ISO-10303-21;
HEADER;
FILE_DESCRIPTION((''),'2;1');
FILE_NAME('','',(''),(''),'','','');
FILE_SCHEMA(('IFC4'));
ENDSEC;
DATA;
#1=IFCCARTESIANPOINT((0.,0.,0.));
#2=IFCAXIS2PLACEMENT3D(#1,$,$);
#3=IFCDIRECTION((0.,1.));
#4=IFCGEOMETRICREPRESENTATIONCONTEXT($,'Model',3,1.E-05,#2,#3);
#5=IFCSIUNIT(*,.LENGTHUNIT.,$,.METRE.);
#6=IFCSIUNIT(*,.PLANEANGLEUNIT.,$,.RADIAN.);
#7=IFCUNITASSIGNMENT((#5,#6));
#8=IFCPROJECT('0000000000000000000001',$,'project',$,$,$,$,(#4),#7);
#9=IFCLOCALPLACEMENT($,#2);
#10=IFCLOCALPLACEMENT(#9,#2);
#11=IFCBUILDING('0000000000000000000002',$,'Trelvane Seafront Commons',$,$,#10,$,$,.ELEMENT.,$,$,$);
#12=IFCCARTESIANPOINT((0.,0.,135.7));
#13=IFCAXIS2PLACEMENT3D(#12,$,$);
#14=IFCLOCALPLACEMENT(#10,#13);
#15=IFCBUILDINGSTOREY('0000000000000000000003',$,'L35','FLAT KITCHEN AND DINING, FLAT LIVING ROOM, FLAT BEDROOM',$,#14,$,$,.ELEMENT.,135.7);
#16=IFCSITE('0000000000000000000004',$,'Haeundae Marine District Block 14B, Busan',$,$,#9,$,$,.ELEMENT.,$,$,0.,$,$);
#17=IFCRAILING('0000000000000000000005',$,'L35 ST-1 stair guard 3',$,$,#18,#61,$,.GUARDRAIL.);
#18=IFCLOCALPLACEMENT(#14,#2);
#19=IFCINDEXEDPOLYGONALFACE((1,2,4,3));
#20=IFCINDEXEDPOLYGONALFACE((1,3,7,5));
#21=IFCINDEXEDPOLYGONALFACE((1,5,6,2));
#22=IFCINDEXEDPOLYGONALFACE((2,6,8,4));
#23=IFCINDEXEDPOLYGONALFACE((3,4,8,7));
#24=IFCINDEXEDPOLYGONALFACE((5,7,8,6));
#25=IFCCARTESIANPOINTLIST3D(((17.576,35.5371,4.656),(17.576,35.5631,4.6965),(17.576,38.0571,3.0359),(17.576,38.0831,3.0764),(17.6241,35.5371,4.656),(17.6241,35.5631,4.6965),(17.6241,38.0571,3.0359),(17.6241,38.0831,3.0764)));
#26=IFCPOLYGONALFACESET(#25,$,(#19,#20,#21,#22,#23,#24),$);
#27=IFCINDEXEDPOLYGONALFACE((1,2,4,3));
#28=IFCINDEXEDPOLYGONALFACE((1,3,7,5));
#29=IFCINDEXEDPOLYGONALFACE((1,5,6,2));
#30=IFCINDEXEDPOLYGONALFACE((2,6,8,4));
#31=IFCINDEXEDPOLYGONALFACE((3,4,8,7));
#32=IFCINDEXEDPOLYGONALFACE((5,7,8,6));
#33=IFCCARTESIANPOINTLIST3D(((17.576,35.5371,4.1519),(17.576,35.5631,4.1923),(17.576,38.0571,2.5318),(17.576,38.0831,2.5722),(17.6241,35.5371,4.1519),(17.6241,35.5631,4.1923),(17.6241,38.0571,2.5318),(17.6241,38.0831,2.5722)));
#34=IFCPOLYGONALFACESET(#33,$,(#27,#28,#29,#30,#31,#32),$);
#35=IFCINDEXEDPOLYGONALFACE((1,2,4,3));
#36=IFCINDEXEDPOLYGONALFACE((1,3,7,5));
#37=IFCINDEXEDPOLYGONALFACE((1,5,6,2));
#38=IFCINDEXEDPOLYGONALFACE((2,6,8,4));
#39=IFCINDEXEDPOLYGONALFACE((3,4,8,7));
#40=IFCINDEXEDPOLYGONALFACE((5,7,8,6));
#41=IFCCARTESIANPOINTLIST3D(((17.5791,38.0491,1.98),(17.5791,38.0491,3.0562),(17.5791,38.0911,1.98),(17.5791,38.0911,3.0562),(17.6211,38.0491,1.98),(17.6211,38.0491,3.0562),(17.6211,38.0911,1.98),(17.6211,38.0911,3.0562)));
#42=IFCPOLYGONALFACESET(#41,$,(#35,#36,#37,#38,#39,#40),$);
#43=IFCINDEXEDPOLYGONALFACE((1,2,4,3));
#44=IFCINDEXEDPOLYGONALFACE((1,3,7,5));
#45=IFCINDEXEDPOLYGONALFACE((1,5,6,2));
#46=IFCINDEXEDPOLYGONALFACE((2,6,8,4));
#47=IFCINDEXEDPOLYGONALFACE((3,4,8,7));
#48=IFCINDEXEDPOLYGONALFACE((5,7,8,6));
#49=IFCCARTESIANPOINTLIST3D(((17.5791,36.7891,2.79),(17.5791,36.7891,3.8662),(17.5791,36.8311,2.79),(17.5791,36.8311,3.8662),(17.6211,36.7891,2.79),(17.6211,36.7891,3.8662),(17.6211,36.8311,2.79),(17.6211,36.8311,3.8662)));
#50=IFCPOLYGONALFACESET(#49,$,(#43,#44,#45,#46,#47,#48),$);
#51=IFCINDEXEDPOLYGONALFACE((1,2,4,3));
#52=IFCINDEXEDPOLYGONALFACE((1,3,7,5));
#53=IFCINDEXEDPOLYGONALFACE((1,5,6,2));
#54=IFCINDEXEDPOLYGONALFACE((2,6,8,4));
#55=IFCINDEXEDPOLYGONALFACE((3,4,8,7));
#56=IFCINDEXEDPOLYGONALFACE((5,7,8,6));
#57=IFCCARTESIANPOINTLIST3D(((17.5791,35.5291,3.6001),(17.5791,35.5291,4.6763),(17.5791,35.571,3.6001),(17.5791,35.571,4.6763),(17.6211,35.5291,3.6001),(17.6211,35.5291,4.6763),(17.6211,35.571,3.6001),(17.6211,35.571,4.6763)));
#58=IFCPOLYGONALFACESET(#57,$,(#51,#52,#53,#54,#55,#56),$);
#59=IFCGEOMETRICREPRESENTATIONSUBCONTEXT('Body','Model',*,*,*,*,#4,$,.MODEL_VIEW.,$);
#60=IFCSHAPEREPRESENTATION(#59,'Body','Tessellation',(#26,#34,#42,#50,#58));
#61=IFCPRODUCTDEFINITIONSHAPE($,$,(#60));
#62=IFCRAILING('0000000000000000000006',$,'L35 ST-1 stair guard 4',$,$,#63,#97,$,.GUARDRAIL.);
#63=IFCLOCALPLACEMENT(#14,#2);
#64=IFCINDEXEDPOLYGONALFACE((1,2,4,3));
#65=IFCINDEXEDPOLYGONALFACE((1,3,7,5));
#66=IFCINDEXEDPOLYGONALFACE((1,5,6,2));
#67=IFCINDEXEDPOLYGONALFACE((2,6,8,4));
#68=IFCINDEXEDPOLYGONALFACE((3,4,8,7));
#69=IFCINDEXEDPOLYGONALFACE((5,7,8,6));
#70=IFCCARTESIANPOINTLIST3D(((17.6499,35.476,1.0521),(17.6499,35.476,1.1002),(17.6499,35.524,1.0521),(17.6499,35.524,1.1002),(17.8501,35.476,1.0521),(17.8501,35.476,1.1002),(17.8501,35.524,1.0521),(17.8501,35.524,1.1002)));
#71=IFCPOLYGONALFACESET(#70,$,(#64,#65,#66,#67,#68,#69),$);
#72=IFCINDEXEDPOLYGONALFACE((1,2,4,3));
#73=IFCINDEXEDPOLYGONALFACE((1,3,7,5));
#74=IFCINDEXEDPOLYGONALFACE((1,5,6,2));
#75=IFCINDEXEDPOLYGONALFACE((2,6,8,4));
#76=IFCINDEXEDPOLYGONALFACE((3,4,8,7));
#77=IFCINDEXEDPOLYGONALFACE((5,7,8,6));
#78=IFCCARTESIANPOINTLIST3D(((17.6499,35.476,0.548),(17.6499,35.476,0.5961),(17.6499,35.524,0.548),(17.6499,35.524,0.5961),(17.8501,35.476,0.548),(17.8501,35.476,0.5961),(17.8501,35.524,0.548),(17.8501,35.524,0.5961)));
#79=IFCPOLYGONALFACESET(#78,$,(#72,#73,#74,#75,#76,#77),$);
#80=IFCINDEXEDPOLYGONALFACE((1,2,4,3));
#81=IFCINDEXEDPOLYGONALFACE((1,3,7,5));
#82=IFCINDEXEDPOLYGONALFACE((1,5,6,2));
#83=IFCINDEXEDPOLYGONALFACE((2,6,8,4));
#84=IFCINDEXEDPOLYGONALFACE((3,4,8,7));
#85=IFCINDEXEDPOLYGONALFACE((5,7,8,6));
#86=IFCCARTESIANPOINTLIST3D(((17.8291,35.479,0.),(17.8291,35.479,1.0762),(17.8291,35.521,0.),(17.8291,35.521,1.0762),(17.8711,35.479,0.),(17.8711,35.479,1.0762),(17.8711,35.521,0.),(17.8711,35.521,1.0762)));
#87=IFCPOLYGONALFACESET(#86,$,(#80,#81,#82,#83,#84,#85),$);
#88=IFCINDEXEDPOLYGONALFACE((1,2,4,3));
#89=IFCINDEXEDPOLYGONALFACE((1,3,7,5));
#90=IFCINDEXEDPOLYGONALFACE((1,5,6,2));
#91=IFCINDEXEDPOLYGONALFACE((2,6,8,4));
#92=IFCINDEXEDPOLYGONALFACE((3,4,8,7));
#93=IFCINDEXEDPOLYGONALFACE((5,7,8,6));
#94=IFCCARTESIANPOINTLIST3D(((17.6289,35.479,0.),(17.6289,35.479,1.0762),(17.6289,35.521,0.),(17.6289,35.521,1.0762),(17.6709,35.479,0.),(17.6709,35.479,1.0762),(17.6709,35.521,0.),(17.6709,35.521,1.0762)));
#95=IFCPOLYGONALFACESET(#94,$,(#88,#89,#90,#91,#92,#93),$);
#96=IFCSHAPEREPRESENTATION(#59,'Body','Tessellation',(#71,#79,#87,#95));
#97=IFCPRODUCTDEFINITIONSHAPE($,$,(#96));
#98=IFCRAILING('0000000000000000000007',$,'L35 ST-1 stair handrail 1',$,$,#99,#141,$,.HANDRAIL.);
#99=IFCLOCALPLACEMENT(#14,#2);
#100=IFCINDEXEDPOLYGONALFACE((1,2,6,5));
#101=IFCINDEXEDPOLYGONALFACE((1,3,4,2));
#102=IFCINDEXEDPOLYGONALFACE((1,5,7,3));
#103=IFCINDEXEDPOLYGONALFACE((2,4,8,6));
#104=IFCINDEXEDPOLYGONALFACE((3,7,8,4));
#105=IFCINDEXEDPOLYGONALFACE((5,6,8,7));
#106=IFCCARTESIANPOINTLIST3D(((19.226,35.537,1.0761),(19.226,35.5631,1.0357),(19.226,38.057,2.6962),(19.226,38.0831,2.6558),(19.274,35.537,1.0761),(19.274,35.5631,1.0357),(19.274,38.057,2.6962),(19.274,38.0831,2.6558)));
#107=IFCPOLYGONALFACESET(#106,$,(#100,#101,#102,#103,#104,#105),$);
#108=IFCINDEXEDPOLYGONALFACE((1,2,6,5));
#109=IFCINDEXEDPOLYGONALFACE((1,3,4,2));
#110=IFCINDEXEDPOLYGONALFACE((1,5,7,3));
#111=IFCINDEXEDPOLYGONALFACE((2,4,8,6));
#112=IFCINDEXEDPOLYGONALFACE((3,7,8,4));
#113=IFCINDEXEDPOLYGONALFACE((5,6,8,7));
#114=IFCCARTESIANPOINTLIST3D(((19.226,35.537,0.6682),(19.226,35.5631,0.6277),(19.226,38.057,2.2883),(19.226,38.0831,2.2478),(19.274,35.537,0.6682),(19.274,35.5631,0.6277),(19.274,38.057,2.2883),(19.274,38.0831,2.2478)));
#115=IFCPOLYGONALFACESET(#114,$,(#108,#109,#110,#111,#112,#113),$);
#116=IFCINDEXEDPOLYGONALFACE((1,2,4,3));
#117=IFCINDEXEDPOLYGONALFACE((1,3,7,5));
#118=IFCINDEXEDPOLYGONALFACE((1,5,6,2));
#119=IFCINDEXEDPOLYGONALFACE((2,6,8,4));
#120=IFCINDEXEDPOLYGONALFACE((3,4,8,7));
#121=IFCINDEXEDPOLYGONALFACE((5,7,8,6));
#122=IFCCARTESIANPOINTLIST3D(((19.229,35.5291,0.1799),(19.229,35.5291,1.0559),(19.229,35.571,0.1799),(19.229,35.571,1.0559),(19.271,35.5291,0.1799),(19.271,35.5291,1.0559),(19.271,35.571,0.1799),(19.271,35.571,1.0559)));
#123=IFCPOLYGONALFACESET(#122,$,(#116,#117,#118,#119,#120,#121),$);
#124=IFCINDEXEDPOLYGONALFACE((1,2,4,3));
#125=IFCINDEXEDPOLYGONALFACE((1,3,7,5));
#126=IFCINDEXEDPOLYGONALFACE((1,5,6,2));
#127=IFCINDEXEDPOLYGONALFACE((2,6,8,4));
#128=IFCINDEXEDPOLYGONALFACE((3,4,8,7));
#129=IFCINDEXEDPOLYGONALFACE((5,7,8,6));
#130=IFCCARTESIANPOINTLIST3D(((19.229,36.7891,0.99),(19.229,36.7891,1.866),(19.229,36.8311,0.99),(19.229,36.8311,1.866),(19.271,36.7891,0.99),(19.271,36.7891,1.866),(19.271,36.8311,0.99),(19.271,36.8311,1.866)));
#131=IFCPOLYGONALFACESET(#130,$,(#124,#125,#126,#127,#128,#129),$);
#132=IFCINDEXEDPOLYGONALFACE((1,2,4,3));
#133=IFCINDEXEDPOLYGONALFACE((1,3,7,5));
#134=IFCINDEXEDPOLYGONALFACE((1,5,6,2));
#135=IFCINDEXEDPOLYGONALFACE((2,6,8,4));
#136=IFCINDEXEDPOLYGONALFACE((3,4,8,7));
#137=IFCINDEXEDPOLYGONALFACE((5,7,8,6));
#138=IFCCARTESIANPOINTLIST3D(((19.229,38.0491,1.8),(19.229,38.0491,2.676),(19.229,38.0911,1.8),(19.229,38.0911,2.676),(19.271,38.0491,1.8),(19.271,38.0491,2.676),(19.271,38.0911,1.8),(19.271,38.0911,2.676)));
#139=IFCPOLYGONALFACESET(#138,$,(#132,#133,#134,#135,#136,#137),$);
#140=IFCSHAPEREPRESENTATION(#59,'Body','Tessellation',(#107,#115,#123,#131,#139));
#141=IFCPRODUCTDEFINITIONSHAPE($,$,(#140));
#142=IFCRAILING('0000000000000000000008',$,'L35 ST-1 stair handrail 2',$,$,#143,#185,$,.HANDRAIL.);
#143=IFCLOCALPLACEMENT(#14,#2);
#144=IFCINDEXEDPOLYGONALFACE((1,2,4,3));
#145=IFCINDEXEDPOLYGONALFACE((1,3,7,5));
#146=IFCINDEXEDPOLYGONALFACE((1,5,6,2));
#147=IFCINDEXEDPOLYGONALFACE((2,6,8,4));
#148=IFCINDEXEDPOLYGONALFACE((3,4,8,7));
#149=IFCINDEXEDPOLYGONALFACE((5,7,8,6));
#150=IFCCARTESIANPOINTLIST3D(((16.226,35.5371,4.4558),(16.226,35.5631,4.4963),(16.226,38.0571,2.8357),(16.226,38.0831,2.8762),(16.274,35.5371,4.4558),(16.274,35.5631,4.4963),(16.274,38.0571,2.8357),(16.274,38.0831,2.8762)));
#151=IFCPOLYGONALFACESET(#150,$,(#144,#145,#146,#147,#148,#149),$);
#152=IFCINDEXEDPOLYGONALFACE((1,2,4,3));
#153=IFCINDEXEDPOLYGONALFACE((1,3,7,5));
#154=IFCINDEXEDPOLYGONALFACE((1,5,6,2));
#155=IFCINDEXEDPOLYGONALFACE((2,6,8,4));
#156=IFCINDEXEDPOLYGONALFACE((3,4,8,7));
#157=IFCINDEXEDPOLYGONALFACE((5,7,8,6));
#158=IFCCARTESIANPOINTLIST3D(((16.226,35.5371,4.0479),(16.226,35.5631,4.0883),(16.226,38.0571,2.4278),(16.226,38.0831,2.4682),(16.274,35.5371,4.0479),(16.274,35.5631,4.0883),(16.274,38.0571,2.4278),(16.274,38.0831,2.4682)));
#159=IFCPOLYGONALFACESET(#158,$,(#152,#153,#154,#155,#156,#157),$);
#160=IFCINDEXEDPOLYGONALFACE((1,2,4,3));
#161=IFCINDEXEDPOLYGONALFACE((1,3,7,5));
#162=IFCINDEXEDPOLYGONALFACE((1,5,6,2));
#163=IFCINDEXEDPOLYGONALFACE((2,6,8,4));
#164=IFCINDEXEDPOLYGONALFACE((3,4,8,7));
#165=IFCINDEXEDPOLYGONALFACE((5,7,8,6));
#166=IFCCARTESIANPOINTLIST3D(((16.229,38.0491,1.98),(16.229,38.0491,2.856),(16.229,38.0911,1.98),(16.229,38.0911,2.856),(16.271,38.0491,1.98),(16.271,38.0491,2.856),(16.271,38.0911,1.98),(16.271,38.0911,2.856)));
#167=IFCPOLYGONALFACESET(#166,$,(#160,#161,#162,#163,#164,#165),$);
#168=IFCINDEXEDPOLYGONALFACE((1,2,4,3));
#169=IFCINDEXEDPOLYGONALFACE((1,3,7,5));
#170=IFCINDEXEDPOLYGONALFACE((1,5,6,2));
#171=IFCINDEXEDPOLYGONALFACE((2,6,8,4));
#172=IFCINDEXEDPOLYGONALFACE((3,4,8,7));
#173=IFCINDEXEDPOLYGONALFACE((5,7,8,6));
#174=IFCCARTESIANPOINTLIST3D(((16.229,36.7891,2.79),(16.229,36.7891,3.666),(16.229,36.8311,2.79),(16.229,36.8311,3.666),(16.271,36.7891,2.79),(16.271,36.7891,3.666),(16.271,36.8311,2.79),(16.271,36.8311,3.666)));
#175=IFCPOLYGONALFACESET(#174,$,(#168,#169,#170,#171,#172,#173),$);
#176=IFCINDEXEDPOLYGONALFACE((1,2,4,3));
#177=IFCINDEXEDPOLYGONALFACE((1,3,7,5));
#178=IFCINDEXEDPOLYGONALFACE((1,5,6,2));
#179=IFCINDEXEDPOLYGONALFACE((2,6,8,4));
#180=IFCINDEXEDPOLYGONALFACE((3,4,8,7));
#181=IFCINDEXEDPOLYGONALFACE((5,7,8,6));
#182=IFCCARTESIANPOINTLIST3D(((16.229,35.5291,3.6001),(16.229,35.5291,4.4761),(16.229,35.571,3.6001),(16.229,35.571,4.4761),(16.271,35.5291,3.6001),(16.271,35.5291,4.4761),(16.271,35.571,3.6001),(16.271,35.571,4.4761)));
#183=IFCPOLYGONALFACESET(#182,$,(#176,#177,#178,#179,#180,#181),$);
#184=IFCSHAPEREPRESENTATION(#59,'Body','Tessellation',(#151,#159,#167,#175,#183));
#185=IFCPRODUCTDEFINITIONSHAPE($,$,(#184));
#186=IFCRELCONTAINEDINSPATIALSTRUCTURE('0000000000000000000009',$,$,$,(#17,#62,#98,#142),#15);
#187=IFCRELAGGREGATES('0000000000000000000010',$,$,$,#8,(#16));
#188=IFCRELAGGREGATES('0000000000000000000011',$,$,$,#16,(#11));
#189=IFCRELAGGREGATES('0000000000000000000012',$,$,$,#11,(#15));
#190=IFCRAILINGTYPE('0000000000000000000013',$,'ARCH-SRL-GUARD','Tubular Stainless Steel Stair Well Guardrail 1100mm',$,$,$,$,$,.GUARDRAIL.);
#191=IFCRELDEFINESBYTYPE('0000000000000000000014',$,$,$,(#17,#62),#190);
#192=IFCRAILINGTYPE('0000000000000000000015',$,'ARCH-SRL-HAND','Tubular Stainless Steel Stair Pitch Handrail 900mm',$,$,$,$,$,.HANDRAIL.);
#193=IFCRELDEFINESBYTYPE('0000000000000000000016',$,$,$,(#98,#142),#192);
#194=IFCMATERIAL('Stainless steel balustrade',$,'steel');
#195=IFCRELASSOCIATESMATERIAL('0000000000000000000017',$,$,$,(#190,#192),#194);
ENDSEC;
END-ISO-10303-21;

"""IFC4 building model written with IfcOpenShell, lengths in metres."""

from ifc_helpers import new_model, si_unit, direction, frame, origin, origin_2d, place, context, subcontext, project, spatial, rectangle, extrude, material, type_object, element, save


model = new_model("IFC4")

# Units and contexts
model_context = context("Model", 3, precision=1e-05, world=origin(), true_north=direction((0.0, 1.0)))
body_context = subcontext(model_context, "Body", "Model", "MODEL_VIEW")
ifc_project = project(units=[si_unit("LENGTHUNIT", "METRE"), si_unit("PLANEANGLEUNIT", "RADIAN")], contexts=[model_context])

# Site, building, storey
site_placement = place(None, origin())
site = spatial("IfcSite", under=ifc_project, at=site_placement, Name="Haeundae Marine District Block 14B, Busan", CompositionType="ELEMENT", RefElevation=0.0)
building_placement = place(site_placement, origin())
building = spatial("IfcBuilding", under=site, at=building_placement, Name="Trelvane Seafront Commons", CompositionType="ELEMENT")
storey_placement = place(building_placement, frame((0.0, 0.0, 135.7)))
storey = spatial("IfcBuildingStorey", under=building, at=storey_placement, Name="L35", Description="FLAT KITCHEN AND DINING, FLAT LIVING ROOM, FLAT BEDROOM", CompositionType="ELEMENT", Elevation=135.7)

# Shared definitions
ifc_material_1 = material(Name="Stainless steel balustrade", Category="steel")

# Railings
railing_type_1 = type_object("IfcRailingType", Name="ARCH-SRL-GUARD", Description="Tubular Stainless Steel Stair Well Guardrail 1100mm", PredefinedType="GUARDRAIL", material=ifc_material_1)
railing_1_placement = place(storey_placement, frame((17.6001, 38.0701, 1.98)))
element("IfcRailing", 1, at=railing_1_placement, inside=storey, type_object=railing_type_1, Name="L35 ST-1 stair guard 3", PredefinedType="GUARDRAIL", context=body_context, shape_type="SweptSolid", body=[
    extrude(rectangle(XDim=0.0481, YDim=0.0481, at=origin_2d()), frame((0.0, 0.0, 1.0762), z_axis=(0.0, -0.841163, 0.540782), x_axis=(1.0, 0.0, 0.0)), (0.0, 0.0, 1.0), 2.9958),
    extrude(rectangle(XDim=0.0481, YDim=0.0481, at=origin_2d()), frame((0.0, 0.0, 0.572), z_axis=(0.0, -0.841163, 0.540782), x_axis=(1.0, 0.0, 0.0)), (0.0, 0.0, 1.0), 2.9958),
    extrude(rectangle(XDim=0.042, YDim=0.042, at=origin_2d()), origin(), (0.0, 0.0, 1.0), 1.0762),
    extrude(rectangle(XDim=0.042, YDim=0.042, at=origin_2d()), frame((0.0, -1.26, 0.8101)), (0.0, 0.0, 1.0), 1.0762),
    extrude(rectangle(XDim=0.042, YDim=0.042, at=origin_2d()), frame((0.0, -2.52, 1.6201)), (0.0, 0.0, 1.0), 1.0762),
])
railing_2_placement = place(storey_placement, frame((17.8501, 35.5, 0.0)))
element("IfcRailing", 2, at=railing_2_placement, inside=storey, type_object=railing_type_1, Name="L35 ST-1 stair guard 4", PredefinedType="GUARDRAIL", context=body_context, shape_type="SweptSolid", body=[
    extrude(rectangle(XDim=0.0481, YDim=0.0481, at=origin_2d()), frame((0.0, 0.0, 1.0762), z_axis=(-1.0, 0.0, 0.0), x_axis=(0.0, -1.0, 0.0)), (0.0, 0.0, 1.0), 0.2002),
    extrude(rectangle(XDim=0.0481, YDim=0.0481, at=origin_2d()), frame((0.0, 0.0, 0.572), z_axis=(-1.0, 0.0, 0.0), x_axis=(0.0, -1.0, 0.0)), (0.0, 0.0, 1.0), 0.2002),
    extrude(rectangle(XDim=0.042, YDim=0.042, at=origin_2d()), origin(), (0.0, 0.0, 1.0), 1.0762),
    extrude(rectangle(XDim=0.042, YDim=0.042, at=origin_2d()), frame((-0.2002, 0.0, 0.0)), (0.0, 0.0, 1.0), 1.0762),
])
railing_type_2 = type_object("IfcRailingType", Name="ARCH-SRL-HAND", Description="Tubular Stainless Steel Stair Pitch Handrail 900mm", PredefinedType="HANDRAIL", material=ifc_material_1)
railing_3_placement = place(storey_placement, frame((19.25, 35.55, 0.1799)))
element("IfcRailing", 3, at=railing_3_placement, inside=storey, type_object=railing_type_2, Name="L35 ST-1 stair handrail 1", PredefinedType="HANDRAIL", context=body_context, shape_type="SweptSolid", body=[
    extrude(rectangle(XDim=0.0481, YDim=0.0481, at=origin_2d()), frame((0.0, 0.0, 0.876), z_axis=(0.0, 0.841163, 0.540782), x_axis=(-1.0, 0.0, 0.0)), (0.0, 0.0, 1.0), 2.9958),
    extrude(rectangle(XDim=0.0481, YDim=0.0481, at=origin_2d()), frame((0.0, 0.0, 0.468), z_axis=(0.0, 0.841163, 0.540782), x_axis=(-1.0, 0.0, 0.0)), (0.0, 0.0, 1.0), 2.9958),
    extrude(rectangle(XDim=0.042, YDim=0.042, at=origin_2d()), origin(), (0.0, 0.0, 1.0), 0.876),
    extrude(rectangle(XDim=0.042, YDim=0.042, at=origin_2d()), frame((0.0, 1.26, 0.8101)), (0.0, 0.0, 1.0), 0.876),
    extrude(rectangle(XDim=0.042, YDim=0.042, at=origin_2d()), frame((0.0, 2.52, 1.6201)), (0.0, 0.0, 1.0), 0.876),
])
railing_4_placement = place(storey_placement, frame((16.25, 38.0701, 1.98)))
element("IfcRailing", 4, at=railing_4_placement, inside=storey, type_object=railing_type_2, Name="L35 ST-1 stair handrail 2", PredefinedType="HANDRAIL", context=body_context, shape_type="SweptSolid", body=[
    extrude(rectangle(XDim=0.0481, YDim=0.0481, at=origin_2d()), frame((0.0, 0.0, 0.876), z_axis=(0.0, -0.841163, 0.540782), x_axis=(1.0, 0.0, 0.0)), (0.0, 0.0, 1.0), 2.9958),
    extrude(rectangle(XDim=0.0481, YDim=0.0481, at=origin_2d()), frame((0.0, 0.0, 0.468), z_axis=(0.0, -0.841163, 0.540782), x_axis=(1.0, 0.0, 0.0)), (0.0, 0.0, 1.0), 2.9958),
    extrude(rectangle(XDim=0.042, YDim=0.042, at=origin_2d()), origin(), (0.0, 0.0, 1.0), 0.876),
    extrude(rectangle(XDim=0.042, YDim=0.042, at=origin_2d()), frame((0.0, -1.26, 0.8101)), (0.0, 0.0, 1.0), 0.876),
    extrude(rectangle(XDim=0.042, YDim=0.042, at=origin_2d()), frame((0.0, -2.52, 1.6201)), (0.0, 0.0, 1.0), 0.876),
])

save(model, "model.ifc")
